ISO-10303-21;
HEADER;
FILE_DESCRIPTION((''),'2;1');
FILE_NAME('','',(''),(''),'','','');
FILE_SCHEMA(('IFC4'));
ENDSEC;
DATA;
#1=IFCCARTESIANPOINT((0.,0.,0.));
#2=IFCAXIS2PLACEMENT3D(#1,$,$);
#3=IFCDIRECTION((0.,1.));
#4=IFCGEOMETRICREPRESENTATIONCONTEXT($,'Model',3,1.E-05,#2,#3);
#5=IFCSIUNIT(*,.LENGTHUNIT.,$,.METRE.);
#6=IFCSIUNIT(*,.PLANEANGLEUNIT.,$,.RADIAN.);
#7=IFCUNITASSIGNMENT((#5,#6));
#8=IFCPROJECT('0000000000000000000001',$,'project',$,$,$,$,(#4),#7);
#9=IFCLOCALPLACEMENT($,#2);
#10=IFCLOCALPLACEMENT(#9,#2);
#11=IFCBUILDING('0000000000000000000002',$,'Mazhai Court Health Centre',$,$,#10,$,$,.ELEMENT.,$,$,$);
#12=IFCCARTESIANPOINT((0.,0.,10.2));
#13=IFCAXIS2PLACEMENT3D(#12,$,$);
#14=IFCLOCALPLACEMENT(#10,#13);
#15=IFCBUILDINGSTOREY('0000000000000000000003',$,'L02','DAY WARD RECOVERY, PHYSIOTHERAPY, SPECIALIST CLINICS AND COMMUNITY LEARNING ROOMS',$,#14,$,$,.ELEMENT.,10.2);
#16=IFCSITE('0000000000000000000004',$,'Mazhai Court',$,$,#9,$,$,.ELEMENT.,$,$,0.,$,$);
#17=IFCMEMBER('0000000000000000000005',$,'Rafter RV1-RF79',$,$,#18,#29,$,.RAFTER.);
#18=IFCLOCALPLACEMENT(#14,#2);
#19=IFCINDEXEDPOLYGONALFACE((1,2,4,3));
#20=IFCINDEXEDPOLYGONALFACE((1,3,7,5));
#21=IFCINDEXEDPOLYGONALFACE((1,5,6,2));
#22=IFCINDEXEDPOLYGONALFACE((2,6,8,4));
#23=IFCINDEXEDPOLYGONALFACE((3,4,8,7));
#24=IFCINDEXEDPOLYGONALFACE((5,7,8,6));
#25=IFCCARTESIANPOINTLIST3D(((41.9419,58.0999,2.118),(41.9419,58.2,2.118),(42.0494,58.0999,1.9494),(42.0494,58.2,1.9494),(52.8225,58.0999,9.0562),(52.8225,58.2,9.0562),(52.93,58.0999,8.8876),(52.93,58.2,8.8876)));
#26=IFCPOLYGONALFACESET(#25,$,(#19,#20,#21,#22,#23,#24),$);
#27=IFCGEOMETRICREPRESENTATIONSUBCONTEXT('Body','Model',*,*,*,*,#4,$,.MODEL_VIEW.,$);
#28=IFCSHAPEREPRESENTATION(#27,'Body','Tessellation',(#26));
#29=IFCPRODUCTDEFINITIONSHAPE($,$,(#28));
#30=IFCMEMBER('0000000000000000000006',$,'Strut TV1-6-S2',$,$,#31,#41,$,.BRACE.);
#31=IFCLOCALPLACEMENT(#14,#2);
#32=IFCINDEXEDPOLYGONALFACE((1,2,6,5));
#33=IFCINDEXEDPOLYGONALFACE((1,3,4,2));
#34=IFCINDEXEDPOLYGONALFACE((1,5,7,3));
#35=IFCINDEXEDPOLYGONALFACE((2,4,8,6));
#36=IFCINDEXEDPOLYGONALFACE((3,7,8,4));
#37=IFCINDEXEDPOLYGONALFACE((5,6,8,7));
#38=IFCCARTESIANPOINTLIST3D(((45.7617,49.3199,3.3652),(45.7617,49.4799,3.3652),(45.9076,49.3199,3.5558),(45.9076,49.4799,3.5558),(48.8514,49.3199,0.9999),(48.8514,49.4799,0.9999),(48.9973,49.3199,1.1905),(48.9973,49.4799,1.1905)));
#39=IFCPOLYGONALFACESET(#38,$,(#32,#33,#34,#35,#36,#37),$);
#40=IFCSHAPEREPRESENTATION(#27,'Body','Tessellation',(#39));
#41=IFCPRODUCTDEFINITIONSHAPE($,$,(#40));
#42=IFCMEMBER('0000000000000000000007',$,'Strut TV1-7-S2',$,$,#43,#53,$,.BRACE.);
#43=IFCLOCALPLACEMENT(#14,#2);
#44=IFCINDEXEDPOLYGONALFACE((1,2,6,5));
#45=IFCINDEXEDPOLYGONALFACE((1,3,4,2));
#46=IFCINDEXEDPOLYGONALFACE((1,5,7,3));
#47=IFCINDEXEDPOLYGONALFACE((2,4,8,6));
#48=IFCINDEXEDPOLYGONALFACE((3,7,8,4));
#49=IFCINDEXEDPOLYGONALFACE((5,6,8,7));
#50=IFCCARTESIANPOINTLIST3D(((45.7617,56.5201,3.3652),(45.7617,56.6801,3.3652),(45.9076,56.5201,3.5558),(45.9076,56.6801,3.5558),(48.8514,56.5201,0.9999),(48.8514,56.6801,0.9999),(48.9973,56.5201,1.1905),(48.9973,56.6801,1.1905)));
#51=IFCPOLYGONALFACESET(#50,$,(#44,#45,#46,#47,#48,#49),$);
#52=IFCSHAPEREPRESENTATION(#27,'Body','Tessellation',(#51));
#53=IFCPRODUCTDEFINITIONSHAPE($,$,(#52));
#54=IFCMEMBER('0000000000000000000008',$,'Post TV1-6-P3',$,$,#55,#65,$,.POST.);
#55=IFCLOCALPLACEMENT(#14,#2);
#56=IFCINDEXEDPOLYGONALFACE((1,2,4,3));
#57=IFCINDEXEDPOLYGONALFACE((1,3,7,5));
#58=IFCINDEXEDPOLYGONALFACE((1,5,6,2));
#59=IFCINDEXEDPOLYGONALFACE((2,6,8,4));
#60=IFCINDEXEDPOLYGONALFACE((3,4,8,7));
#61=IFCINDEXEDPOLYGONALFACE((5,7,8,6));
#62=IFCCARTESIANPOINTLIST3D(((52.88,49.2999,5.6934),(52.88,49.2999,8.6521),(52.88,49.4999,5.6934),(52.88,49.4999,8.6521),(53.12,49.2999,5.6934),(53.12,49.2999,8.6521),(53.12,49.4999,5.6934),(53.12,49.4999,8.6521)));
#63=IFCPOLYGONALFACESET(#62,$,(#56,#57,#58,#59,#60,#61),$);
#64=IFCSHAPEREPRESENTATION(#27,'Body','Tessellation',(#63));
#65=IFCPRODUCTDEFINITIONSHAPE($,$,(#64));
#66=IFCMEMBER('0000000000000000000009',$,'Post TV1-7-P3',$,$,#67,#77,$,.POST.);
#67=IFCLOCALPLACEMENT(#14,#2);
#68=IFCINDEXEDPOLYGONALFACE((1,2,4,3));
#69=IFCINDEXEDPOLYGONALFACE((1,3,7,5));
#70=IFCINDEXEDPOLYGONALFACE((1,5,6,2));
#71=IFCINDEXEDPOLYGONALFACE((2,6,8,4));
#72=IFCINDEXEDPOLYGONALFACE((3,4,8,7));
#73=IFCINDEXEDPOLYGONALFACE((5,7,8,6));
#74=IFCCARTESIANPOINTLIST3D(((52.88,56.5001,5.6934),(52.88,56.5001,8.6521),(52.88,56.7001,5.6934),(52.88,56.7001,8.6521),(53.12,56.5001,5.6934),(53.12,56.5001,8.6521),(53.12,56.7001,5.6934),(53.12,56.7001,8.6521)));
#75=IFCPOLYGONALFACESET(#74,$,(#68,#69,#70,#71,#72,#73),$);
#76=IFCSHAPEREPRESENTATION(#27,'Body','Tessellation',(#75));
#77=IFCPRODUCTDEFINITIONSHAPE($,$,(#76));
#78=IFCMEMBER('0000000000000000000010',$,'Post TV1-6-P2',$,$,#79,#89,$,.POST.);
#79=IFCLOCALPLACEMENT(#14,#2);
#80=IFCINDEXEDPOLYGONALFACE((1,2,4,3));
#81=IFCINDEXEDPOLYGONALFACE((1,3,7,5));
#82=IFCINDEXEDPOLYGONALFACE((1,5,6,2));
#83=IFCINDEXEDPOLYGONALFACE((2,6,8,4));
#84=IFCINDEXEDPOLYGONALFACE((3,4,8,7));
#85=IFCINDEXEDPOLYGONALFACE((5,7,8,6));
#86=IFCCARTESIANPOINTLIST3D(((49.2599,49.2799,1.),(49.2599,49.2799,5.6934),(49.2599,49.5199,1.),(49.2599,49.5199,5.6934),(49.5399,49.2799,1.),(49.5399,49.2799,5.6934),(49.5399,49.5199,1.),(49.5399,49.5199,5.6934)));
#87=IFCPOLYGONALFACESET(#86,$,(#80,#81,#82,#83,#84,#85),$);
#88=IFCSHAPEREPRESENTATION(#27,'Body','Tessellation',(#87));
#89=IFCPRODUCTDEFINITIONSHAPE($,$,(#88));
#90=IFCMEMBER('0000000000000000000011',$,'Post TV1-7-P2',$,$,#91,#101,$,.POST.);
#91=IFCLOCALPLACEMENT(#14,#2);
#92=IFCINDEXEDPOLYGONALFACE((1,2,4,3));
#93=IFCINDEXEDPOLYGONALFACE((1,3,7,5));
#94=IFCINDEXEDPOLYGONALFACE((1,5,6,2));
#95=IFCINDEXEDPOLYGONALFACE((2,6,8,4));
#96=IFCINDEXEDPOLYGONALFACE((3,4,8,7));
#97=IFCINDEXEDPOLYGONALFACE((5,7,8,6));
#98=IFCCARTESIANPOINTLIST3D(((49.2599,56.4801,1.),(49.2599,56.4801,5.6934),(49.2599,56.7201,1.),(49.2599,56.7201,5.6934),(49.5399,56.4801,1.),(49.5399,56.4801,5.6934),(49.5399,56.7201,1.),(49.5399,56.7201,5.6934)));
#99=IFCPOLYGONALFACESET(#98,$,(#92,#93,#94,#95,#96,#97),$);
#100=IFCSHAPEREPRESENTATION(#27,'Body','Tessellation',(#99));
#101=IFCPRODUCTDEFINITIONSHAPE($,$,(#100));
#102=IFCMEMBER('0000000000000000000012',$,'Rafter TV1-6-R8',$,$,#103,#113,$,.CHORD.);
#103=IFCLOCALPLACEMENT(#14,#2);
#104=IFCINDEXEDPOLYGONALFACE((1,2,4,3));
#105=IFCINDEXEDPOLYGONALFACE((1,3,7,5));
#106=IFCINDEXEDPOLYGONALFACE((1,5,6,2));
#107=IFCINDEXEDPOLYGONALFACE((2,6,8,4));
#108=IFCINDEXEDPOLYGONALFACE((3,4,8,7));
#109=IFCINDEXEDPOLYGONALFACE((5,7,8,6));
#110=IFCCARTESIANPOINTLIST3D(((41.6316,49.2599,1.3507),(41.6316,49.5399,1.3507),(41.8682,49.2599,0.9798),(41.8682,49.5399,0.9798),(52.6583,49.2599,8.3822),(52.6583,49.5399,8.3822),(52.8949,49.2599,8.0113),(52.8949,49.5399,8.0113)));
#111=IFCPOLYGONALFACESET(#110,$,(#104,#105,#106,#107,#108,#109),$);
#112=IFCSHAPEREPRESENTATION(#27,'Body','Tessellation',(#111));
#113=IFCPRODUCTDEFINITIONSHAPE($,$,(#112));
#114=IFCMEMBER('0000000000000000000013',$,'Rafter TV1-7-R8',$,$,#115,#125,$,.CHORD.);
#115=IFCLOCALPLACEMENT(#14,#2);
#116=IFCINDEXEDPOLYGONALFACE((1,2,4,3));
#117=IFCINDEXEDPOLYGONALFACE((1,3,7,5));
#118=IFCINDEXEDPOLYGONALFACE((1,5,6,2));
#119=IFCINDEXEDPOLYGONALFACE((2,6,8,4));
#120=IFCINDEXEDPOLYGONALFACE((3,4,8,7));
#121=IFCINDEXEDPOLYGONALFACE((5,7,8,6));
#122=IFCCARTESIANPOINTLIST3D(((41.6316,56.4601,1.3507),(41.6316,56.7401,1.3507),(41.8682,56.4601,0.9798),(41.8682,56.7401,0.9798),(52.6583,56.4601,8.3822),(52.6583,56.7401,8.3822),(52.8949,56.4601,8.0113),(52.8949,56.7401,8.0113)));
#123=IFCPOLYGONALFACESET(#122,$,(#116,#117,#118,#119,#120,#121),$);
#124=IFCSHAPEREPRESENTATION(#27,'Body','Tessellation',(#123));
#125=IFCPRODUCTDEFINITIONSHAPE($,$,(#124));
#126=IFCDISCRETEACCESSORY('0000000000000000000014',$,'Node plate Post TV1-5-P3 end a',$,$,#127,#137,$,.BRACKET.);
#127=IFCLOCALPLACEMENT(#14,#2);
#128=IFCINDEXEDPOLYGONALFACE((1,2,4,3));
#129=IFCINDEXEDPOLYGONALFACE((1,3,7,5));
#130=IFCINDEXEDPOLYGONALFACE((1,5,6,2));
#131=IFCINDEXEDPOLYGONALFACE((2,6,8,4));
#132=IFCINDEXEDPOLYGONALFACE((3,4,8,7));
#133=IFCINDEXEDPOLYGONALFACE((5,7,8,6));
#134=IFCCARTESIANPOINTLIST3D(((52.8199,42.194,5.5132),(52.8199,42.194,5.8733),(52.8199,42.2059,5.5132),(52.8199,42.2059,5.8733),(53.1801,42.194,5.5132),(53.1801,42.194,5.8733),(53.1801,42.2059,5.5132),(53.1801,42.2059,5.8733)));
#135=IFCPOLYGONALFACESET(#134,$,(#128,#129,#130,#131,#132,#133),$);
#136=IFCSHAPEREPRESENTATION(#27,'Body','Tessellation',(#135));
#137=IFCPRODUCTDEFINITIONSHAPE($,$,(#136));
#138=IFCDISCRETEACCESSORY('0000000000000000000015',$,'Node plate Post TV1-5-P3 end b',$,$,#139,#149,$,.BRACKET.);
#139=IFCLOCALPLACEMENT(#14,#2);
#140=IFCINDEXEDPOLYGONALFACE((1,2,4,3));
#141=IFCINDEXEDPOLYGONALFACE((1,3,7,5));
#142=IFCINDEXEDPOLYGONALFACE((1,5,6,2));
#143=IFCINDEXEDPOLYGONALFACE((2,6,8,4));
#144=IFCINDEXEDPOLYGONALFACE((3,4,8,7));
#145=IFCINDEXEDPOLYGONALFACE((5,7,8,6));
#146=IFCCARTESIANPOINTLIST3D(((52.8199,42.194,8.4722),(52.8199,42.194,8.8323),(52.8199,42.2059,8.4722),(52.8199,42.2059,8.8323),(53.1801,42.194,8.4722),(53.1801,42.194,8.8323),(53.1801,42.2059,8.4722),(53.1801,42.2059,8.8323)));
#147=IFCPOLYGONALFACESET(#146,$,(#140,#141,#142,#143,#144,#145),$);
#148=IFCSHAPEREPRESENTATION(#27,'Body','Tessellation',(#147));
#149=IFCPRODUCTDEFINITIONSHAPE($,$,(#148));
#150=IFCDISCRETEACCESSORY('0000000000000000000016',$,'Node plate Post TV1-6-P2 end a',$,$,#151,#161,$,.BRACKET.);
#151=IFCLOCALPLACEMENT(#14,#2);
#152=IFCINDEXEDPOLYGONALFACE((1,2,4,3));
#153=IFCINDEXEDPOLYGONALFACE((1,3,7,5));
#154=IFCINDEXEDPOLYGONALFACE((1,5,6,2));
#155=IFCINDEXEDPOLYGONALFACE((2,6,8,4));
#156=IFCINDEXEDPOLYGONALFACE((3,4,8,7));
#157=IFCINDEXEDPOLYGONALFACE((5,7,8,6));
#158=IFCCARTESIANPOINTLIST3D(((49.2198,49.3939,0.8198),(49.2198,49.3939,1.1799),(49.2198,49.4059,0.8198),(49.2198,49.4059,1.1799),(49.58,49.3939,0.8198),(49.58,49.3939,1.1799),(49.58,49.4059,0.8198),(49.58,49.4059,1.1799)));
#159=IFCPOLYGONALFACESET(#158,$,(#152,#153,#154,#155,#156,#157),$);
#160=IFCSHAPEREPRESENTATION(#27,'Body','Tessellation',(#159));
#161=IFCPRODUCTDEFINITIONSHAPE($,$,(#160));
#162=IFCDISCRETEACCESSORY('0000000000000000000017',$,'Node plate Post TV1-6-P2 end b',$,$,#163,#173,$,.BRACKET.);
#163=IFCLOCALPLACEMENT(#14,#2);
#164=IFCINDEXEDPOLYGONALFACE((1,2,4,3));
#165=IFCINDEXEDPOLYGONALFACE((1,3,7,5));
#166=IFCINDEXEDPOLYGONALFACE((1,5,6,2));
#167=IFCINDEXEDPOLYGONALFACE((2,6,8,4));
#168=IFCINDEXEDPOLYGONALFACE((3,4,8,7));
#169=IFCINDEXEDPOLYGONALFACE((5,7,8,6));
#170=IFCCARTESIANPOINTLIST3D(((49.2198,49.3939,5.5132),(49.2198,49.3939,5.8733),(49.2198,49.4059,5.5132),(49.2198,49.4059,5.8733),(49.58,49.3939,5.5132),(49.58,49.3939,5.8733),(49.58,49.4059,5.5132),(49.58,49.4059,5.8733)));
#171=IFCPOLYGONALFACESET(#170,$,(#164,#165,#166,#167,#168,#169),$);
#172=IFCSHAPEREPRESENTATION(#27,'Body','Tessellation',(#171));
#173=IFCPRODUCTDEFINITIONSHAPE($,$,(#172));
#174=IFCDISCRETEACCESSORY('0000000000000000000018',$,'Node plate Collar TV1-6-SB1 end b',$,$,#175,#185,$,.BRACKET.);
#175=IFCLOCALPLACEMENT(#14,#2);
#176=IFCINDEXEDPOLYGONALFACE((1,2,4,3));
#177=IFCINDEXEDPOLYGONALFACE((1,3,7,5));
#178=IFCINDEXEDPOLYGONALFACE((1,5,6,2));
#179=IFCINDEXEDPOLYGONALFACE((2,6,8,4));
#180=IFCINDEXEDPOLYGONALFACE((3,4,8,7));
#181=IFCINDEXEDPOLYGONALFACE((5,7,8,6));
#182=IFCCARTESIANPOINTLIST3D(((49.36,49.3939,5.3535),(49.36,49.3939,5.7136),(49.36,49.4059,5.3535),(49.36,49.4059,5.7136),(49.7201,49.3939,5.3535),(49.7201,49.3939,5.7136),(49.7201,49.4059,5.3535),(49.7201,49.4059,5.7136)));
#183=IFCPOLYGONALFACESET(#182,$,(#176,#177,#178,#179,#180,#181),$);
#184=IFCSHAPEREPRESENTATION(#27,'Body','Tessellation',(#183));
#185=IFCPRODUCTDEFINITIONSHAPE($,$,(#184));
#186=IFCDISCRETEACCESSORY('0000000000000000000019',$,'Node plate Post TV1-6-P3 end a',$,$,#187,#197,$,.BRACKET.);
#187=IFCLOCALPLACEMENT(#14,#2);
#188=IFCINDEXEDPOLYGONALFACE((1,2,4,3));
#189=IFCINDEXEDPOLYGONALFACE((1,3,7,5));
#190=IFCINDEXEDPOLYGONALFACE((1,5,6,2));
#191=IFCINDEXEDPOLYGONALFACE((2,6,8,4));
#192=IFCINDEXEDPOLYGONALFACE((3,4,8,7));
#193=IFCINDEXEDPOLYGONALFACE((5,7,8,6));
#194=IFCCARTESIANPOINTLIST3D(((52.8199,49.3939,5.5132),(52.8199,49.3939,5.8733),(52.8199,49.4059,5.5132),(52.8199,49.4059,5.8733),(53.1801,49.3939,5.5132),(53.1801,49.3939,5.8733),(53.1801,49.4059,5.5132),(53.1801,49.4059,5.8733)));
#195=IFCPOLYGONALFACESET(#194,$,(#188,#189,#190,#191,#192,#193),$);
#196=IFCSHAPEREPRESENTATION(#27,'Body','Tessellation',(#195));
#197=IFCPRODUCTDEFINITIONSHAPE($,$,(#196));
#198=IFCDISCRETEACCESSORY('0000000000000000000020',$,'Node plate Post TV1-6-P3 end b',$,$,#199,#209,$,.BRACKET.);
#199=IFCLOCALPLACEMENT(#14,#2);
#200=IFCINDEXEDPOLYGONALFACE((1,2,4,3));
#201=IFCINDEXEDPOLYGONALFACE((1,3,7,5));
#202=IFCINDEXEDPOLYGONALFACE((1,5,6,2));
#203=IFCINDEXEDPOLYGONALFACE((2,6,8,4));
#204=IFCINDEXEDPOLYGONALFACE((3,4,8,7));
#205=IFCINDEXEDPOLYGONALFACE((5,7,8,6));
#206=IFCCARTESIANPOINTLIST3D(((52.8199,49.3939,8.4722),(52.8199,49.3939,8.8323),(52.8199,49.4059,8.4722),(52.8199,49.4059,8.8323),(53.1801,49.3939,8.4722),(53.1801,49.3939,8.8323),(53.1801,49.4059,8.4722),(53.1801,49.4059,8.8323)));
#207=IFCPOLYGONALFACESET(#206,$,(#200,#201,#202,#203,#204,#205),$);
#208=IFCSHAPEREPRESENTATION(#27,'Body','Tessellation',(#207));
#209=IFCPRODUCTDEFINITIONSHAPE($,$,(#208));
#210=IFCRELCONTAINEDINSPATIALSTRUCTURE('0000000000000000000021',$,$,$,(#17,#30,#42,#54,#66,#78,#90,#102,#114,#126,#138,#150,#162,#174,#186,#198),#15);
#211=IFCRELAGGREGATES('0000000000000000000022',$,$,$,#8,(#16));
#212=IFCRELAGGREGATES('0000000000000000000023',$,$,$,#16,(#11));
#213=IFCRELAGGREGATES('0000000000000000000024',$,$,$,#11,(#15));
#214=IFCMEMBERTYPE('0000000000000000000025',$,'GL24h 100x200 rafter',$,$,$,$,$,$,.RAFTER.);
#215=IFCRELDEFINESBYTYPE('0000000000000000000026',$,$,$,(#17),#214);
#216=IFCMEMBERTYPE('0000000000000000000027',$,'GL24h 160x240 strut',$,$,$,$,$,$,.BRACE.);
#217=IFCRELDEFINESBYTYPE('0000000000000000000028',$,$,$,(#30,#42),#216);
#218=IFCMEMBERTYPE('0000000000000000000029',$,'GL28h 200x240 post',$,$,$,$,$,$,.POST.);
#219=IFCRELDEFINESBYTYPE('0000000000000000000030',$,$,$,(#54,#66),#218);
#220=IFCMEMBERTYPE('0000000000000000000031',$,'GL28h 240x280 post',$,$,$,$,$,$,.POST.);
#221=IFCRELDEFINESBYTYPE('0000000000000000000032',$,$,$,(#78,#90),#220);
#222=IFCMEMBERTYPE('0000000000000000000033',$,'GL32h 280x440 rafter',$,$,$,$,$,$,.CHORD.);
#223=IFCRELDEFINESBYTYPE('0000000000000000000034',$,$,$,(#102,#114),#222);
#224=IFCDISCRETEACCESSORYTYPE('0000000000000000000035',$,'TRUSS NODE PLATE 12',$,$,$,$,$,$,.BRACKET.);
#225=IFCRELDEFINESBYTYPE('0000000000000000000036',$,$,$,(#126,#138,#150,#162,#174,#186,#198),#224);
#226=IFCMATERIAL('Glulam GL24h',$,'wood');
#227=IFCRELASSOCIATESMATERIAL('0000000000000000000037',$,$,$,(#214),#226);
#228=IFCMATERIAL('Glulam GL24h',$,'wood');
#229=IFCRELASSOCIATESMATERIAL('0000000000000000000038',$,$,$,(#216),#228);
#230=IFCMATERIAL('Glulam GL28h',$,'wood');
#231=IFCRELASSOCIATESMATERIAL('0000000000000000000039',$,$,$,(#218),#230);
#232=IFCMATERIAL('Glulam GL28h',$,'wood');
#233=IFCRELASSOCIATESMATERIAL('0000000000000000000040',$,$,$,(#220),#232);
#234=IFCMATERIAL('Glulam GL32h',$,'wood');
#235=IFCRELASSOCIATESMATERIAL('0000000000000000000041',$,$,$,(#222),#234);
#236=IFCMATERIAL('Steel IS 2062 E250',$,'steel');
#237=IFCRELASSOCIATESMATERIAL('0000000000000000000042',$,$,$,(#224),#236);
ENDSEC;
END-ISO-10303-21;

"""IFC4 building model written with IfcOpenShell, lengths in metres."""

from ifc_helpers import new_model, si_unit, direction, frame, origin, origin_2d, place, context, subcontext, project, spatial, rectangle, extrude, material, material_profile, profile_set, type_object, element, save


model = new_model("IFC4")

# Units and contexts
model_context = context("Model", 3, precision=1e-05, world=origin(), true_north=direction((0.0, 1.0)))
body_context = subcontext(model_context, "Body", "Model", "MODEL_VIEW")
ifc_project = project(units=[si_unit("LENGTHUNIT", "METRE"), si_unit("PLANEANGLEUNIT", "RADIAN")], contexts=[model_context])

# Site, building, storey
site_placement = place(None, origin())
site = spatial("IfcSite", under=ifc_project, at=site_placement, Name="Mazhai Court", CompositionType="ELEMENT", RefElevation=0.0)
building_placement = place(site_placement, origin())
building = spatial("IfcBuilding", under=site, at=building_placement, Name="Mazhai Court Health Centre", CompositionType="ELEMENT")
storey_placement = place(building_placement, frame((0.0, 0.0, 10.2)))
storey = spatial("IfcBuildingStorey", under=building, at=storey_placement, Name="L02", Description="DAY WARD RECOVERY, PHYSIOTHERAPY, SPECIALIST CLINICS AND COMMUNITY LEARNING ROOMS", CompositionType="ELEMENT", Elevation=10.2)

# Members
ifc_material_1 = material(Name="Glulam GL24h", Category="wood")
ifc_material_profile_1 = material_profile(ifc_material_1, rectangle(XDim=0.1001, YDim=0.2, at=origin_2d()), Name="GL24h 100x200")
ifc_profile_set_1 = profile_set([ifc_material_profile_1], Name="Glulam GL24h")
member_type_1 = type_object("IfcMemberType", Name="GL24h 100x200 rafter", PredefinedType="RAFTER", material=ifc_profile_set_1)
member_placement = place(storey_placement, frame((41.9956, 58.1499, 2.0337), z_axis=(0.843163, 0.0, 0.537659), x_axis=(0.0, 1.0, 0.0)))
element("IfcMember", 1, at=member_placement, inside=storey, type_object=member_type_1, Name="Rafter RV1-RF79", PredefinedType="RAFTER", context=body_context, shape_type="SweptSolid", body=[
    extrude(rectangle(XDim=0.1001, YDim=0.2, at=origin_2d()), origin(), (0.0, 0.0, 1.0), 12.9045),
])
ifc_material_2 = material(Name="Glulam GL24h", Category="wood")
ifc_material_profile_2 = material_profile(ifc_material_2, rectangle(XDim=0.1599, YDim=0.24, at=origin_2d()), Name="GL24h 160x240")
ifc_profile_set_2 = profile_set([ifc_material_profile_2], Name="Glulam GL24h")
member_type_2 = type_object("IfcMemberType", Name="GL24h 160x240 strut", PredefinedType="BRACE", material=ifc_profile_set_2)
for number, where, z_axis, x_axis, name in (
    (2, (48.9243, 49.3999, 1.0952), (-0.794035, 0.0, 0.607872), (0.0, -1.0, 0.0), "Strut TV1-6-S2"),
    (3, (48.9243, 56.6001, 1.0952), (-0.794035, 0.0, 0.607872), (0.0, -1.0, 0.0), "Strut TV1-7-S2"),
):
    element("IfcMember", number, at=place(storey_placement, frame(where, z_axis=z_axis, x_axis=x_axis)), inside=storey, type_object=member_type_2, Name=name, PredefinedType="BRACE", context=body_context, shape_type="SweptSolid", body=[
        extrude(rectangle(XDim=0.1599, YDim=0.24, at=origin_2d()), origin(), (0.0, 0.0, 1.0), 3.8911),
    ])
ifc_material_3 = material(Name="Glulam GL28h", Category="wood")
ifc_material_profile_3 = material_profile(ifc_material_3, rectangle(XDim=0.2, YDim=0.24, at=origin_2d()), Name="GL28h 200x240")
ifc_profile_set_3 = profile_set([ifc_material_profile_3], Name="Glulam GL28h")
member_type_3 = type_object("IfcMemberType", Name="GL28h 200x240 post", PredefinedType="POST", material=ifc_profile_set_3)
for number, where, z_axis, x_axis, name in (
    (4, (53.0, 49.3999, 5.6934), (0.0, 0.0, 1.0), (0.0, 1.0, 0.0), "Post TV1-6-P3"),
    (5, (53.0, 56.6001, 5.6934), (0.0, 0.0, 1.0), (0.0, 1.0, 0.0), "Post TV1-7-P3"),
):
    element("IfcMember", number, at=place(storey_placement, frame(where, z_axis=z_axis, x_axis=x_axis)), inside=storey, type_object=member_type_3, Name=name, PredefinedType="POST", context=body_context, shape_type="SweptSolid", body=[
        extrude(rectangle(XDim=0.2, YDim=0.24, at=origin_2d()), origin(), (0.0, 0.0, 1.0), 2.9587),
    ])
ifc_material_4 = material(Name="Glulam GL28h", Category="wood")
ifc_material_profile_4 = material_profile(ifc_material_4, rectangle(XDim=0.24, YDim=0.28, at=origin_2d()), Name="GL28h 240x280")
ifc_profile_set_4 = profile_set([ifc_material_profile_4], Name="Glulam GL28h")
member_type_4 = type_object("IfcMemberType", Name="GL28h 240x280 post", PredefinedType="POST", material=ifc_profile_set_4)
for number, where, z_axis, x_axis, name in (
    (6, (49.3999, 49.3999, 1.0), (0.0, 0.0, 1.0), (0.0, 1.0, 0.0), "Post TV1-6-P2"),
    (7, (49.3999, 56.6001, 1.0), (0.0, 0.0, 1.0), (0.0, 1.0, 0.0), "Post TV1-7-P2"),
):
    element("IfcMember", number, at=place(storey_placement, frame(where, z_axis=z_axis, x_axis=x_axis)), inside=storey, type_object=member_type_4, Name=name, PredefinedType="POST", context=body_context, shape_type="SweptSolid", body=[
        extrude(rectangle(XDim=0.24, YDim=0.28, at=origin_2d()), origin(), (0.0, 0.0, 1.0), 4.6934),
    ])
ifc_material_5 = material(Name="Glulam GL32h", Category="wood")
ifc_material_profile_5 = material_profile(ifc_material_5, rectangle(XDim=0.28, YDim=0.4399, at=origin_2d()), Name="GL32h 280x440")
ifc_profile_set_5 = profile_set([ifc_material_profile_5], Name="Glulam GL32h")
member_type_5 = type_object("IfcMemberType", Name="GL32h 280x440 rafter", PredefinedType="CHORD", material=ifc_profile_set_5)
for number, where, z_axis, x_axis, name in (
    (8, (52.7766, 49.3999, 8.1968), (-0.843157, 0.0, -0.537668), (0.0, -1.0, 0.0), "Rafter TV1-6-R8"),
    (9, (52.7766, 56.6001, 8.1968), (-0.843157, 0.0, -0.537668), (0.0, -1.0, 0.0), "Rafter TV1-7-R8"),
):
    element("IfcMember", number, at=place(storey_placement, frame(where, z_axis=z_axis, x_axis=x_axis)), inside=storey, type_object=member_type_5, Name=name, PredefinedType="CHORD", context=body_context, shape_type="SweptSolid", body=[
        extrude(rectangle(XDim=0.28, YDim=0.4399, at=origin_2d()), origin(), (0.0, 0.0, 1.0), 13.0779),
    ])

# Discrete accessories
ifc_material_6 = material(Name="Steel IS 2062 E250", Category="steel")
discrete_accessory_type = type_object("IfcDiscreteAccessoryType", Name="TRUSS NODE PLATE 12", PredefinedType="BRACKET", material=ifc_material_6)
for number, where, z_axis, x_axis, name in (
    (10, (53.0, 42.2, 5.5132), (0.0, 0.0, 1.0), (1.0, 0.0, 0.0), "Node plate Post TV1-5-P3 end a"),
    (11, (53.0, 42.2, 8.4722), (0.0, 0.0, 1.0), (1.0, 0.0, 0.0), "Node plate Post TV1-5-P3 end b"),
    (12, (49.3999, 49.3999, 0.8198), (0.0, 0.0, 1.0), (1.0, 0.0, 0.0), "Node plate Post TV1-6-P2 end a"),
    (13, (49.3999, 49.3999, 5.5132), (0.0, 0.0, 1.0), (1.0, 0.0, 0.0), "Node plate Post TV1-6-P2 end b"),
    (14, (49.54, 49.3999, 5.3535), (0.0, 0.0, 1.0), (1.0, 0.0, 0.0), "Node plate Collar TV1-6-SB1 end b"),
    (15, (53.0, 49.3999, 5.5132), (0.0, 0.0, 1.0), (1.0, 0.0, 0.0), "Node plate Post TV1-6-P3 end a"),
    (16, (53.0, 49.3999, 8.4722), (0.0, 0.0, 1.0), (1.0, 0.0, 0.0), "Node plate Post TV1-6-P3 end b"),
):
    element("IfcDiscreteAccessory", number, at=place(storey_placement, frame(where, z_axis=z_axis, x_axis=x_axis)), inside=storey, type_object=discrete_accessory_type, Name=name, PredefinedType="BRACKET", context=body_context, shape_type="SweptSolid", body=[
        extrude(rectangle(XDim=0.3601, YDim=0.012, at=origin_2d()), origin(), (0.0, 0.0, 1.0), 0.3601),
    ])

save(model, "model.ifc")
